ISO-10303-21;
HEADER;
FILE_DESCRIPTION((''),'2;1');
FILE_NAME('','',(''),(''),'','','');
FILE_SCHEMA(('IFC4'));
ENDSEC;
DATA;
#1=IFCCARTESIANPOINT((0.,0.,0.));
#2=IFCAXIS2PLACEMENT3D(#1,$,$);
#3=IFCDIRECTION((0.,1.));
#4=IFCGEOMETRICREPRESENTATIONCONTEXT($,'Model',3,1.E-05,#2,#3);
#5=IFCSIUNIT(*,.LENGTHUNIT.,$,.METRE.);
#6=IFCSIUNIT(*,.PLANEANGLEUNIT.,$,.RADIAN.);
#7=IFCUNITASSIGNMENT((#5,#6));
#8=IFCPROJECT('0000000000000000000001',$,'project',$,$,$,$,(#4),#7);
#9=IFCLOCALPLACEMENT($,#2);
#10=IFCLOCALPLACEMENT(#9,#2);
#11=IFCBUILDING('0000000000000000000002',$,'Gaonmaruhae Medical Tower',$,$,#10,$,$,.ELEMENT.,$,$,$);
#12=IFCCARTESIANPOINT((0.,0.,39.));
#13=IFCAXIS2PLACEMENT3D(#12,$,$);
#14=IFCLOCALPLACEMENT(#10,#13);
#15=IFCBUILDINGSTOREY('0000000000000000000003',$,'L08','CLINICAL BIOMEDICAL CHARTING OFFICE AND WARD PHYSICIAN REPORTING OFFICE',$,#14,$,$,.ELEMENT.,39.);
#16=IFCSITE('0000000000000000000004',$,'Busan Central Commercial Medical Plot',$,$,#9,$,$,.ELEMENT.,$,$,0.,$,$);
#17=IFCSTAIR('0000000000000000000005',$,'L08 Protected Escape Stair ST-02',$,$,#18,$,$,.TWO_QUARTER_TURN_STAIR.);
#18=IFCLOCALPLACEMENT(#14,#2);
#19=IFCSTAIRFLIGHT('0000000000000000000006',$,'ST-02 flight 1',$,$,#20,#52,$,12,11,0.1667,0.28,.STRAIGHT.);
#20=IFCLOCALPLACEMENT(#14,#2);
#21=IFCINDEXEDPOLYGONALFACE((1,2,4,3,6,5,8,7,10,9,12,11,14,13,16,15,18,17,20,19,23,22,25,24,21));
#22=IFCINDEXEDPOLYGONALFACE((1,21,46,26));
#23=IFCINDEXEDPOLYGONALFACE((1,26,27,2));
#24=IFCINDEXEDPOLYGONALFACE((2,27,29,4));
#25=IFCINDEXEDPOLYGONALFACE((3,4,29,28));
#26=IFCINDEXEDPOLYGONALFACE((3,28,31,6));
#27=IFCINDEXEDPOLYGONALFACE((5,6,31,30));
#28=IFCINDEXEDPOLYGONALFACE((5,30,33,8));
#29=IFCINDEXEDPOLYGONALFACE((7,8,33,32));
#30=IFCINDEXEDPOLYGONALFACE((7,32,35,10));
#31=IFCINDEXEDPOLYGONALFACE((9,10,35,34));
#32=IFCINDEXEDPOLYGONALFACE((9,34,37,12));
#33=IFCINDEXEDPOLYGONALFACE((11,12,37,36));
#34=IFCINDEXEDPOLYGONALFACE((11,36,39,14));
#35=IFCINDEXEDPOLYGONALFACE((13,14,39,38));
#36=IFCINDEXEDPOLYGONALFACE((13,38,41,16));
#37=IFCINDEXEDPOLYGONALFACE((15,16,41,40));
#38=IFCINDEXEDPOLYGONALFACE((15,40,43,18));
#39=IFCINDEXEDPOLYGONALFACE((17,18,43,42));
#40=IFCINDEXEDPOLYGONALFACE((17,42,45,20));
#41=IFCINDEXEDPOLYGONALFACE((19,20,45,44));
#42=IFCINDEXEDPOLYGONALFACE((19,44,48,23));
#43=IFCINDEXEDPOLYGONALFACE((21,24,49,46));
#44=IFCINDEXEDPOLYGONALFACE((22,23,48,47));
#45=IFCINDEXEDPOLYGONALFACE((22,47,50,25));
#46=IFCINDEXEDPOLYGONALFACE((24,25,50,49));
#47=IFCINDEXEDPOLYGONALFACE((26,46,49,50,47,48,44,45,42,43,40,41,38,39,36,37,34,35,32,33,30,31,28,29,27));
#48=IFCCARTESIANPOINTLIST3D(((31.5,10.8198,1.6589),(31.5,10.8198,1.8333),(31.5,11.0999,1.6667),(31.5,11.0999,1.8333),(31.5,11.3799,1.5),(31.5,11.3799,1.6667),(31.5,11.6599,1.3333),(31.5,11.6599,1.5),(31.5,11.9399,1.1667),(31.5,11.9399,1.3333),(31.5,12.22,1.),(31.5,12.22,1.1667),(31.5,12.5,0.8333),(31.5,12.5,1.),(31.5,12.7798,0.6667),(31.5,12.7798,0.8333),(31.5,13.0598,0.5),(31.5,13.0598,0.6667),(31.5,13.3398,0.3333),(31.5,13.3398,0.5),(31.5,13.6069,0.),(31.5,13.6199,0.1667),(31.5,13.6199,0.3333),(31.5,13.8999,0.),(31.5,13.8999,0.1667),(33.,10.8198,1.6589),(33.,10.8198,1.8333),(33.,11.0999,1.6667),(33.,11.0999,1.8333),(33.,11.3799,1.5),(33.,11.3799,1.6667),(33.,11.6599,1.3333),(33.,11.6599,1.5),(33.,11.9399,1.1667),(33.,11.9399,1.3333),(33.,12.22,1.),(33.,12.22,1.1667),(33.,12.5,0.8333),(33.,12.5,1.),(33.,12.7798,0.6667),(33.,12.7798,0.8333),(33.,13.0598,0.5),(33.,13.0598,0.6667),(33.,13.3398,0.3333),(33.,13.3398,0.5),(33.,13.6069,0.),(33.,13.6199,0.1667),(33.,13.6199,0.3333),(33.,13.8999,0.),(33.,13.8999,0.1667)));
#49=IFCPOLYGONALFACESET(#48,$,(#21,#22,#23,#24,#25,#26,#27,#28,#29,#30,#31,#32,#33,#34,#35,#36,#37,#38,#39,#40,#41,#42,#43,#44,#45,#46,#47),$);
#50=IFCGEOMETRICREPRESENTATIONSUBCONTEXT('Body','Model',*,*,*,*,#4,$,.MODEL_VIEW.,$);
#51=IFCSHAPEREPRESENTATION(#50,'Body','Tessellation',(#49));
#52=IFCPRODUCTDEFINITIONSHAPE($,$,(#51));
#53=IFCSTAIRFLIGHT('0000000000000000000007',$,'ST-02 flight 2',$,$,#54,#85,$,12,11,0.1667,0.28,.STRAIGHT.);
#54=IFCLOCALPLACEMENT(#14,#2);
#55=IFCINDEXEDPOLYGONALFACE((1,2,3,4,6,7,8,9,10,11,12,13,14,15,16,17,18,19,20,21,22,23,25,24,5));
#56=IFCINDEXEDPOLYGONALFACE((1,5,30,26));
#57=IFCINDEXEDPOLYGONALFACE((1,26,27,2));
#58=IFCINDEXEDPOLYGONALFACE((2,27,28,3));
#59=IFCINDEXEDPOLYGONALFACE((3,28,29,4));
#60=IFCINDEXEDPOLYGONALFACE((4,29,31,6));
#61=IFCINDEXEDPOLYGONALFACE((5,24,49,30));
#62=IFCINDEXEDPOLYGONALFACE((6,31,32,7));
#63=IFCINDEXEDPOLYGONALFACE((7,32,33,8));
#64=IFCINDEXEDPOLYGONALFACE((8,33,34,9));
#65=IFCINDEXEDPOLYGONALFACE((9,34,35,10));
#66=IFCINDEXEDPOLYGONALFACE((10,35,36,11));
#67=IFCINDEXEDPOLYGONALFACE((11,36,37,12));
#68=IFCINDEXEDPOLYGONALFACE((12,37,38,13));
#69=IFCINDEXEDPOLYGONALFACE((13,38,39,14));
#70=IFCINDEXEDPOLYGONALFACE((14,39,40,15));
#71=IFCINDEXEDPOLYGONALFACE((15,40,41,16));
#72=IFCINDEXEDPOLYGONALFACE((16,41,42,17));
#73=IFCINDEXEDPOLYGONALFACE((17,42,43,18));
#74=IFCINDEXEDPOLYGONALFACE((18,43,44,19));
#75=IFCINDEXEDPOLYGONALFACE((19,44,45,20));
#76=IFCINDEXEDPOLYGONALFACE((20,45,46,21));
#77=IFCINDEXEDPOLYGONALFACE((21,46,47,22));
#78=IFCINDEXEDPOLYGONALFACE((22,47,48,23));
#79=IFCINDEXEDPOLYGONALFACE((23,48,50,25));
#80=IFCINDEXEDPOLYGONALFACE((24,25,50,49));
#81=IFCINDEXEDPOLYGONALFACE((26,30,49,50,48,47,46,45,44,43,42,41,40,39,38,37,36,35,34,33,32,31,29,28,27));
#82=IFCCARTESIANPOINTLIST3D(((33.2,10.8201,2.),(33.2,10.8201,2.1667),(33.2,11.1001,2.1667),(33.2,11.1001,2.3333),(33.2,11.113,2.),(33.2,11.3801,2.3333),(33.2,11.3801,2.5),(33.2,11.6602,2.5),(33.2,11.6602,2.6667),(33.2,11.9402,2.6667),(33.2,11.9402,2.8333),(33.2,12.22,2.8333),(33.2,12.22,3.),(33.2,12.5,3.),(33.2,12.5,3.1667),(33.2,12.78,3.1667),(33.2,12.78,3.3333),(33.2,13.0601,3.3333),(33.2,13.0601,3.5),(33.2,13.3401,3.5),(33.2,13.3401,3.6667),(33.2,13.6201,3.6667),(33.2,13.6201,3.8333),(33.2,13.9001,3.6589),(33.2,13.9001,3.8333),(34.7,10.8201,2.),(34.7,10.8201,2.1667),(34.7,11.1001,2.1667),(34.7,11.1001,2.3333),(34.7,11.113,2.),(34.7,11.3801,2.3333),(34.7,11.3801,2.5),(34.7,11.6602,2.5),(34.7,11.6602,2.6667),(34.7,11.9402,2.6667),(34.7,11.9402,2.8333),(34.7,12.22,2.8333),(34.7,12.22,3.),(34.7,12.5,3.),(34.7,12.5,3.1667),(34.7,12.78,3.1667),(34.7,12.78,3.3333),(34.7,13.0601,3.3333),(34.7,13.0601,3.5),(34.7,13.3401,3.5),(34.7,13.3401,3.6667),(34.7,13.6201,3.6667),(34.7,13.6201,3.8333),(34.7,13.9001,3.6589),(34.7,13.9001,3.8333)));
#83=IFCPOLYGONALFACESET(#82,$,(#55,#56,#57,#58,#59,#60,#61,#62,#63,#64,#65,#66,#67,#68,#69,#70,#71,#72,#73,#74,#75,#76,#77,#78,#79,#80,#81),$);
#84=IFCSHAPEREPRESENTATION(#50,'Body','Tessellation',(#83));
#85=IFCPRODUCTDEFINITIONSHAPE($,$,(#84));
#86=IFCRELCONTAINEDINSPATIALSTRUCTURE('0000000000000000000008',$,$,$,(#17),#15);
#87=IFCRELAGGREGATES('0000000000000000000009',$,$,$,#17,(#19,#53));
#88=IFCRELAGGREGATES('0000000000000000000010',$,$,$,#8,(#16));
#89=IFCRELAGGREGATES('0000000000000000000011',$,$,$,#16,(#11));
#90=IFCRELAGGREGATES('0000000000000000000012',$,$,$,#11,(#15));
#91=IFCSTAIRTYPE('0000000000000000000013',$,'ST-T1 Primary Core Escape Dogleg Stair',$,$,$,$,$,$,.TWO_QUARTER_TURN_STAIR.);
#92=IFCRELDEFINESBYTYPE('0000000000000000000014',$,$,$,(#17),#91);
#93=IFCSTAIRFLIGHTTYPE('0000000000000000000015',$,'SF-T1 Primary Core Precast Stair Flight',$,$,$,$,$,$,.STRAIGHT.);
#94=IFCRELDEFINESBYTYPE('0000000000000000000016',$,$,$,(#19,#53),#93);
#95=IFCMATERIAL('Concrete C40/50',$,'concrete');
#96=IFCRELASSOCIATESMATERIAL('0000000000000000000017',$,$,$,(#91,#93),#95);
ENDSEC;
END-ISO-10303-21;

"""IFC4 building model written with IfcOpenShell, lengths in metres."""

from ifc_helpers import new_model, si_unit, direction, frame, origin, place, context, subcontext, project, spatial, polyline, outline, extrude, material, type_object, element, aggregate, save


model = new_model("IFC4")

# Units and contexts
model_context = context("Model", 3, precision=1e-05, world=origin(), true_north=direction((0.0, 1.0)))
body_context = subcontext(model_context, "Body", "Model", "MODEL_VIEW")
ifc_project = project(units=[si_unit("LENGTHUNIT", "METRE"), si_unit("PLANEANGLEUNIT", "RADIAN")], contexts=[model_context])

# Site, building, storey
site_placement = place(None, origin())
site = spatial("IfcSite", under=ifc_project, at=site_placement, Name="Busan Central Commercial Medical Plot", CompositionType="ELEMENT", RefElevation=0.0)
building_placement = place(site_placement, origin())
building = spatial("IfcBuilding", under=site, at=building_placement, Name="Gaonmaruhae Medical Tower", CompositionType="ELEMENT")
storey_placement = place(building_placement, frame((0.0, 0.0, 39.0)))
storey = spatial("IfcBuildingStorey", under=building, at=storey_placement, Name="L08", Description="CLINICAL BIOMEDICAL CHARTING OFFICE AND WARD PHYSICIAN REPORTING OFFICE", CompositionType="ELEMENT", Elevation=39.0)

# Stair, stair flights
ifc_material_1 = material(Name="Concrete C40/50", Category="concrete")
stair_type = type_object("IfcStairType", Name="ST-T1 Primary Core Escape Dogleg Stair", PredefinedType="TWO_QUARTER_TURN_STAIR", material=ifc_material_1)
stair_placement = place(storey_placement, origin())
stair = element("IfcStair", 1, at=stair_placement, inside=storey, type_object=stair_type, Name="L08 Protected Escape Stair ST-02", PredefinedType="TWO_QUARTER_TURN_STAIR")
stair_flight_type = type_object("IfcStairFlightType", Name="SF-T1 Primary Core Precast Stair Flight", PredefinedType="STRAIGHT", material=ifc_material_1)
stair_flight_1_placement = place(storey_placement, frame((32.25, 13.8999, 0.0), z_axis=(0.0, 0.0, 1.0), x_axis=(0.0, -1.0, 0.0)))
stair_flight_1 = element("IfcStairFlight", 2, at=stair_flight_1_placement, type_object=stair_flight_type, Name="ST-02 flight 1", NumberOfRisers=12, NumberOfTreads=11, PredefinedType="STRAIGHT", RiserHeight=0.1667, TreadLength=0.28, context=body_context, shape_type="SweptSolid", body=[
    extrude(outline(polyline([(0.0, 0.0), (0.0, 0.1667), (0.28, 0.1667), (0.28, 0.3333), (0.5601, 0.3333), (0.5601, 0.5), (0.8401, 0.5), (0.8401, 0.6667), (1.1201, 0.6667), (1.1201, 0.8333), (1.3999, 0.8333), (1.3999, 1.0), (1.6799, 1.0), (1.6799, 1.1667), (1.96, 1.1667), (1.96, 1.3333), (2.24, 1.3333), (2.24, 1.5), (2.52, 1.5), (2.52, 1.6667), (2.8, 1.6667), (2.8, 1.8333), (3.0801, 1.8333), (3.0801, 2.0), (3.0801, 1.6589), (0.293, 0.0), (0.0, 0.0)])), frame((0.0, 0.75, 0.0), z_axis=(0.0, -1.0, 0.0), x_axis=(1.0, 0.0, 0.0)), (0.0, 0.0, 1.0), 1.5),
])
stair_flight_2_placement = place(storey_placement, frame((33.95, 10.8201, 2.0), z_axis=(0.0, 0.0, 1.0), x_axis=(0.0, 1.0, 0.0)))
stair_flight_2 = element("IfcStairFlight", 3, at=stair_flight_2_placement, type_object=stair_flight_type, Name="ST-02 flight 2", NumberOfRisers=12, NumberOfTreads=11, PredefinedType="STRAIGHT", RiserHeight=0.1667, TreadLength=0.28, context=body_context, shape_type="SweptSolid", body=[
    extrude(outline(polyline([(0.0, 0.0), (0.0, 0.1667), (0.28, 0.1667), (0.28, 0.3333), (0.5601, 0.3333), (0.5601, 0.5), (0.8401, 0.5), (0.8401, 0.6667), (1.1201, 0.6667), (1.1201, 0.8333), (1.3999, 0.8333), (1.3999, 1.0), (1.6799, 1.0), (1.6799, 1.1667), (1.96, 1.1667), (1.96, 1.3333), (2.24, 1.3333), (2.24, 1.5), (2.52, 1.5), (2.52, 1.6667), (2.8, 1.6667), (2.8, 1.8333), (3.0801, 1.8333), (3.0801, 2.0), (3.0801, 1.6589), (0.293, 0.0), (0.0, 0.0)])), frame((0.0, 0.75, 0.0), z_axis=(0.0, -1.0, 0.0), x_axis=(1.0, 0.0, 0.0)), (0.0, 0.0, 1.0), 1.5),
])
aggregate(stair, [stair_flight_1, stair_flight_2])

save(model, "model.ifc")
